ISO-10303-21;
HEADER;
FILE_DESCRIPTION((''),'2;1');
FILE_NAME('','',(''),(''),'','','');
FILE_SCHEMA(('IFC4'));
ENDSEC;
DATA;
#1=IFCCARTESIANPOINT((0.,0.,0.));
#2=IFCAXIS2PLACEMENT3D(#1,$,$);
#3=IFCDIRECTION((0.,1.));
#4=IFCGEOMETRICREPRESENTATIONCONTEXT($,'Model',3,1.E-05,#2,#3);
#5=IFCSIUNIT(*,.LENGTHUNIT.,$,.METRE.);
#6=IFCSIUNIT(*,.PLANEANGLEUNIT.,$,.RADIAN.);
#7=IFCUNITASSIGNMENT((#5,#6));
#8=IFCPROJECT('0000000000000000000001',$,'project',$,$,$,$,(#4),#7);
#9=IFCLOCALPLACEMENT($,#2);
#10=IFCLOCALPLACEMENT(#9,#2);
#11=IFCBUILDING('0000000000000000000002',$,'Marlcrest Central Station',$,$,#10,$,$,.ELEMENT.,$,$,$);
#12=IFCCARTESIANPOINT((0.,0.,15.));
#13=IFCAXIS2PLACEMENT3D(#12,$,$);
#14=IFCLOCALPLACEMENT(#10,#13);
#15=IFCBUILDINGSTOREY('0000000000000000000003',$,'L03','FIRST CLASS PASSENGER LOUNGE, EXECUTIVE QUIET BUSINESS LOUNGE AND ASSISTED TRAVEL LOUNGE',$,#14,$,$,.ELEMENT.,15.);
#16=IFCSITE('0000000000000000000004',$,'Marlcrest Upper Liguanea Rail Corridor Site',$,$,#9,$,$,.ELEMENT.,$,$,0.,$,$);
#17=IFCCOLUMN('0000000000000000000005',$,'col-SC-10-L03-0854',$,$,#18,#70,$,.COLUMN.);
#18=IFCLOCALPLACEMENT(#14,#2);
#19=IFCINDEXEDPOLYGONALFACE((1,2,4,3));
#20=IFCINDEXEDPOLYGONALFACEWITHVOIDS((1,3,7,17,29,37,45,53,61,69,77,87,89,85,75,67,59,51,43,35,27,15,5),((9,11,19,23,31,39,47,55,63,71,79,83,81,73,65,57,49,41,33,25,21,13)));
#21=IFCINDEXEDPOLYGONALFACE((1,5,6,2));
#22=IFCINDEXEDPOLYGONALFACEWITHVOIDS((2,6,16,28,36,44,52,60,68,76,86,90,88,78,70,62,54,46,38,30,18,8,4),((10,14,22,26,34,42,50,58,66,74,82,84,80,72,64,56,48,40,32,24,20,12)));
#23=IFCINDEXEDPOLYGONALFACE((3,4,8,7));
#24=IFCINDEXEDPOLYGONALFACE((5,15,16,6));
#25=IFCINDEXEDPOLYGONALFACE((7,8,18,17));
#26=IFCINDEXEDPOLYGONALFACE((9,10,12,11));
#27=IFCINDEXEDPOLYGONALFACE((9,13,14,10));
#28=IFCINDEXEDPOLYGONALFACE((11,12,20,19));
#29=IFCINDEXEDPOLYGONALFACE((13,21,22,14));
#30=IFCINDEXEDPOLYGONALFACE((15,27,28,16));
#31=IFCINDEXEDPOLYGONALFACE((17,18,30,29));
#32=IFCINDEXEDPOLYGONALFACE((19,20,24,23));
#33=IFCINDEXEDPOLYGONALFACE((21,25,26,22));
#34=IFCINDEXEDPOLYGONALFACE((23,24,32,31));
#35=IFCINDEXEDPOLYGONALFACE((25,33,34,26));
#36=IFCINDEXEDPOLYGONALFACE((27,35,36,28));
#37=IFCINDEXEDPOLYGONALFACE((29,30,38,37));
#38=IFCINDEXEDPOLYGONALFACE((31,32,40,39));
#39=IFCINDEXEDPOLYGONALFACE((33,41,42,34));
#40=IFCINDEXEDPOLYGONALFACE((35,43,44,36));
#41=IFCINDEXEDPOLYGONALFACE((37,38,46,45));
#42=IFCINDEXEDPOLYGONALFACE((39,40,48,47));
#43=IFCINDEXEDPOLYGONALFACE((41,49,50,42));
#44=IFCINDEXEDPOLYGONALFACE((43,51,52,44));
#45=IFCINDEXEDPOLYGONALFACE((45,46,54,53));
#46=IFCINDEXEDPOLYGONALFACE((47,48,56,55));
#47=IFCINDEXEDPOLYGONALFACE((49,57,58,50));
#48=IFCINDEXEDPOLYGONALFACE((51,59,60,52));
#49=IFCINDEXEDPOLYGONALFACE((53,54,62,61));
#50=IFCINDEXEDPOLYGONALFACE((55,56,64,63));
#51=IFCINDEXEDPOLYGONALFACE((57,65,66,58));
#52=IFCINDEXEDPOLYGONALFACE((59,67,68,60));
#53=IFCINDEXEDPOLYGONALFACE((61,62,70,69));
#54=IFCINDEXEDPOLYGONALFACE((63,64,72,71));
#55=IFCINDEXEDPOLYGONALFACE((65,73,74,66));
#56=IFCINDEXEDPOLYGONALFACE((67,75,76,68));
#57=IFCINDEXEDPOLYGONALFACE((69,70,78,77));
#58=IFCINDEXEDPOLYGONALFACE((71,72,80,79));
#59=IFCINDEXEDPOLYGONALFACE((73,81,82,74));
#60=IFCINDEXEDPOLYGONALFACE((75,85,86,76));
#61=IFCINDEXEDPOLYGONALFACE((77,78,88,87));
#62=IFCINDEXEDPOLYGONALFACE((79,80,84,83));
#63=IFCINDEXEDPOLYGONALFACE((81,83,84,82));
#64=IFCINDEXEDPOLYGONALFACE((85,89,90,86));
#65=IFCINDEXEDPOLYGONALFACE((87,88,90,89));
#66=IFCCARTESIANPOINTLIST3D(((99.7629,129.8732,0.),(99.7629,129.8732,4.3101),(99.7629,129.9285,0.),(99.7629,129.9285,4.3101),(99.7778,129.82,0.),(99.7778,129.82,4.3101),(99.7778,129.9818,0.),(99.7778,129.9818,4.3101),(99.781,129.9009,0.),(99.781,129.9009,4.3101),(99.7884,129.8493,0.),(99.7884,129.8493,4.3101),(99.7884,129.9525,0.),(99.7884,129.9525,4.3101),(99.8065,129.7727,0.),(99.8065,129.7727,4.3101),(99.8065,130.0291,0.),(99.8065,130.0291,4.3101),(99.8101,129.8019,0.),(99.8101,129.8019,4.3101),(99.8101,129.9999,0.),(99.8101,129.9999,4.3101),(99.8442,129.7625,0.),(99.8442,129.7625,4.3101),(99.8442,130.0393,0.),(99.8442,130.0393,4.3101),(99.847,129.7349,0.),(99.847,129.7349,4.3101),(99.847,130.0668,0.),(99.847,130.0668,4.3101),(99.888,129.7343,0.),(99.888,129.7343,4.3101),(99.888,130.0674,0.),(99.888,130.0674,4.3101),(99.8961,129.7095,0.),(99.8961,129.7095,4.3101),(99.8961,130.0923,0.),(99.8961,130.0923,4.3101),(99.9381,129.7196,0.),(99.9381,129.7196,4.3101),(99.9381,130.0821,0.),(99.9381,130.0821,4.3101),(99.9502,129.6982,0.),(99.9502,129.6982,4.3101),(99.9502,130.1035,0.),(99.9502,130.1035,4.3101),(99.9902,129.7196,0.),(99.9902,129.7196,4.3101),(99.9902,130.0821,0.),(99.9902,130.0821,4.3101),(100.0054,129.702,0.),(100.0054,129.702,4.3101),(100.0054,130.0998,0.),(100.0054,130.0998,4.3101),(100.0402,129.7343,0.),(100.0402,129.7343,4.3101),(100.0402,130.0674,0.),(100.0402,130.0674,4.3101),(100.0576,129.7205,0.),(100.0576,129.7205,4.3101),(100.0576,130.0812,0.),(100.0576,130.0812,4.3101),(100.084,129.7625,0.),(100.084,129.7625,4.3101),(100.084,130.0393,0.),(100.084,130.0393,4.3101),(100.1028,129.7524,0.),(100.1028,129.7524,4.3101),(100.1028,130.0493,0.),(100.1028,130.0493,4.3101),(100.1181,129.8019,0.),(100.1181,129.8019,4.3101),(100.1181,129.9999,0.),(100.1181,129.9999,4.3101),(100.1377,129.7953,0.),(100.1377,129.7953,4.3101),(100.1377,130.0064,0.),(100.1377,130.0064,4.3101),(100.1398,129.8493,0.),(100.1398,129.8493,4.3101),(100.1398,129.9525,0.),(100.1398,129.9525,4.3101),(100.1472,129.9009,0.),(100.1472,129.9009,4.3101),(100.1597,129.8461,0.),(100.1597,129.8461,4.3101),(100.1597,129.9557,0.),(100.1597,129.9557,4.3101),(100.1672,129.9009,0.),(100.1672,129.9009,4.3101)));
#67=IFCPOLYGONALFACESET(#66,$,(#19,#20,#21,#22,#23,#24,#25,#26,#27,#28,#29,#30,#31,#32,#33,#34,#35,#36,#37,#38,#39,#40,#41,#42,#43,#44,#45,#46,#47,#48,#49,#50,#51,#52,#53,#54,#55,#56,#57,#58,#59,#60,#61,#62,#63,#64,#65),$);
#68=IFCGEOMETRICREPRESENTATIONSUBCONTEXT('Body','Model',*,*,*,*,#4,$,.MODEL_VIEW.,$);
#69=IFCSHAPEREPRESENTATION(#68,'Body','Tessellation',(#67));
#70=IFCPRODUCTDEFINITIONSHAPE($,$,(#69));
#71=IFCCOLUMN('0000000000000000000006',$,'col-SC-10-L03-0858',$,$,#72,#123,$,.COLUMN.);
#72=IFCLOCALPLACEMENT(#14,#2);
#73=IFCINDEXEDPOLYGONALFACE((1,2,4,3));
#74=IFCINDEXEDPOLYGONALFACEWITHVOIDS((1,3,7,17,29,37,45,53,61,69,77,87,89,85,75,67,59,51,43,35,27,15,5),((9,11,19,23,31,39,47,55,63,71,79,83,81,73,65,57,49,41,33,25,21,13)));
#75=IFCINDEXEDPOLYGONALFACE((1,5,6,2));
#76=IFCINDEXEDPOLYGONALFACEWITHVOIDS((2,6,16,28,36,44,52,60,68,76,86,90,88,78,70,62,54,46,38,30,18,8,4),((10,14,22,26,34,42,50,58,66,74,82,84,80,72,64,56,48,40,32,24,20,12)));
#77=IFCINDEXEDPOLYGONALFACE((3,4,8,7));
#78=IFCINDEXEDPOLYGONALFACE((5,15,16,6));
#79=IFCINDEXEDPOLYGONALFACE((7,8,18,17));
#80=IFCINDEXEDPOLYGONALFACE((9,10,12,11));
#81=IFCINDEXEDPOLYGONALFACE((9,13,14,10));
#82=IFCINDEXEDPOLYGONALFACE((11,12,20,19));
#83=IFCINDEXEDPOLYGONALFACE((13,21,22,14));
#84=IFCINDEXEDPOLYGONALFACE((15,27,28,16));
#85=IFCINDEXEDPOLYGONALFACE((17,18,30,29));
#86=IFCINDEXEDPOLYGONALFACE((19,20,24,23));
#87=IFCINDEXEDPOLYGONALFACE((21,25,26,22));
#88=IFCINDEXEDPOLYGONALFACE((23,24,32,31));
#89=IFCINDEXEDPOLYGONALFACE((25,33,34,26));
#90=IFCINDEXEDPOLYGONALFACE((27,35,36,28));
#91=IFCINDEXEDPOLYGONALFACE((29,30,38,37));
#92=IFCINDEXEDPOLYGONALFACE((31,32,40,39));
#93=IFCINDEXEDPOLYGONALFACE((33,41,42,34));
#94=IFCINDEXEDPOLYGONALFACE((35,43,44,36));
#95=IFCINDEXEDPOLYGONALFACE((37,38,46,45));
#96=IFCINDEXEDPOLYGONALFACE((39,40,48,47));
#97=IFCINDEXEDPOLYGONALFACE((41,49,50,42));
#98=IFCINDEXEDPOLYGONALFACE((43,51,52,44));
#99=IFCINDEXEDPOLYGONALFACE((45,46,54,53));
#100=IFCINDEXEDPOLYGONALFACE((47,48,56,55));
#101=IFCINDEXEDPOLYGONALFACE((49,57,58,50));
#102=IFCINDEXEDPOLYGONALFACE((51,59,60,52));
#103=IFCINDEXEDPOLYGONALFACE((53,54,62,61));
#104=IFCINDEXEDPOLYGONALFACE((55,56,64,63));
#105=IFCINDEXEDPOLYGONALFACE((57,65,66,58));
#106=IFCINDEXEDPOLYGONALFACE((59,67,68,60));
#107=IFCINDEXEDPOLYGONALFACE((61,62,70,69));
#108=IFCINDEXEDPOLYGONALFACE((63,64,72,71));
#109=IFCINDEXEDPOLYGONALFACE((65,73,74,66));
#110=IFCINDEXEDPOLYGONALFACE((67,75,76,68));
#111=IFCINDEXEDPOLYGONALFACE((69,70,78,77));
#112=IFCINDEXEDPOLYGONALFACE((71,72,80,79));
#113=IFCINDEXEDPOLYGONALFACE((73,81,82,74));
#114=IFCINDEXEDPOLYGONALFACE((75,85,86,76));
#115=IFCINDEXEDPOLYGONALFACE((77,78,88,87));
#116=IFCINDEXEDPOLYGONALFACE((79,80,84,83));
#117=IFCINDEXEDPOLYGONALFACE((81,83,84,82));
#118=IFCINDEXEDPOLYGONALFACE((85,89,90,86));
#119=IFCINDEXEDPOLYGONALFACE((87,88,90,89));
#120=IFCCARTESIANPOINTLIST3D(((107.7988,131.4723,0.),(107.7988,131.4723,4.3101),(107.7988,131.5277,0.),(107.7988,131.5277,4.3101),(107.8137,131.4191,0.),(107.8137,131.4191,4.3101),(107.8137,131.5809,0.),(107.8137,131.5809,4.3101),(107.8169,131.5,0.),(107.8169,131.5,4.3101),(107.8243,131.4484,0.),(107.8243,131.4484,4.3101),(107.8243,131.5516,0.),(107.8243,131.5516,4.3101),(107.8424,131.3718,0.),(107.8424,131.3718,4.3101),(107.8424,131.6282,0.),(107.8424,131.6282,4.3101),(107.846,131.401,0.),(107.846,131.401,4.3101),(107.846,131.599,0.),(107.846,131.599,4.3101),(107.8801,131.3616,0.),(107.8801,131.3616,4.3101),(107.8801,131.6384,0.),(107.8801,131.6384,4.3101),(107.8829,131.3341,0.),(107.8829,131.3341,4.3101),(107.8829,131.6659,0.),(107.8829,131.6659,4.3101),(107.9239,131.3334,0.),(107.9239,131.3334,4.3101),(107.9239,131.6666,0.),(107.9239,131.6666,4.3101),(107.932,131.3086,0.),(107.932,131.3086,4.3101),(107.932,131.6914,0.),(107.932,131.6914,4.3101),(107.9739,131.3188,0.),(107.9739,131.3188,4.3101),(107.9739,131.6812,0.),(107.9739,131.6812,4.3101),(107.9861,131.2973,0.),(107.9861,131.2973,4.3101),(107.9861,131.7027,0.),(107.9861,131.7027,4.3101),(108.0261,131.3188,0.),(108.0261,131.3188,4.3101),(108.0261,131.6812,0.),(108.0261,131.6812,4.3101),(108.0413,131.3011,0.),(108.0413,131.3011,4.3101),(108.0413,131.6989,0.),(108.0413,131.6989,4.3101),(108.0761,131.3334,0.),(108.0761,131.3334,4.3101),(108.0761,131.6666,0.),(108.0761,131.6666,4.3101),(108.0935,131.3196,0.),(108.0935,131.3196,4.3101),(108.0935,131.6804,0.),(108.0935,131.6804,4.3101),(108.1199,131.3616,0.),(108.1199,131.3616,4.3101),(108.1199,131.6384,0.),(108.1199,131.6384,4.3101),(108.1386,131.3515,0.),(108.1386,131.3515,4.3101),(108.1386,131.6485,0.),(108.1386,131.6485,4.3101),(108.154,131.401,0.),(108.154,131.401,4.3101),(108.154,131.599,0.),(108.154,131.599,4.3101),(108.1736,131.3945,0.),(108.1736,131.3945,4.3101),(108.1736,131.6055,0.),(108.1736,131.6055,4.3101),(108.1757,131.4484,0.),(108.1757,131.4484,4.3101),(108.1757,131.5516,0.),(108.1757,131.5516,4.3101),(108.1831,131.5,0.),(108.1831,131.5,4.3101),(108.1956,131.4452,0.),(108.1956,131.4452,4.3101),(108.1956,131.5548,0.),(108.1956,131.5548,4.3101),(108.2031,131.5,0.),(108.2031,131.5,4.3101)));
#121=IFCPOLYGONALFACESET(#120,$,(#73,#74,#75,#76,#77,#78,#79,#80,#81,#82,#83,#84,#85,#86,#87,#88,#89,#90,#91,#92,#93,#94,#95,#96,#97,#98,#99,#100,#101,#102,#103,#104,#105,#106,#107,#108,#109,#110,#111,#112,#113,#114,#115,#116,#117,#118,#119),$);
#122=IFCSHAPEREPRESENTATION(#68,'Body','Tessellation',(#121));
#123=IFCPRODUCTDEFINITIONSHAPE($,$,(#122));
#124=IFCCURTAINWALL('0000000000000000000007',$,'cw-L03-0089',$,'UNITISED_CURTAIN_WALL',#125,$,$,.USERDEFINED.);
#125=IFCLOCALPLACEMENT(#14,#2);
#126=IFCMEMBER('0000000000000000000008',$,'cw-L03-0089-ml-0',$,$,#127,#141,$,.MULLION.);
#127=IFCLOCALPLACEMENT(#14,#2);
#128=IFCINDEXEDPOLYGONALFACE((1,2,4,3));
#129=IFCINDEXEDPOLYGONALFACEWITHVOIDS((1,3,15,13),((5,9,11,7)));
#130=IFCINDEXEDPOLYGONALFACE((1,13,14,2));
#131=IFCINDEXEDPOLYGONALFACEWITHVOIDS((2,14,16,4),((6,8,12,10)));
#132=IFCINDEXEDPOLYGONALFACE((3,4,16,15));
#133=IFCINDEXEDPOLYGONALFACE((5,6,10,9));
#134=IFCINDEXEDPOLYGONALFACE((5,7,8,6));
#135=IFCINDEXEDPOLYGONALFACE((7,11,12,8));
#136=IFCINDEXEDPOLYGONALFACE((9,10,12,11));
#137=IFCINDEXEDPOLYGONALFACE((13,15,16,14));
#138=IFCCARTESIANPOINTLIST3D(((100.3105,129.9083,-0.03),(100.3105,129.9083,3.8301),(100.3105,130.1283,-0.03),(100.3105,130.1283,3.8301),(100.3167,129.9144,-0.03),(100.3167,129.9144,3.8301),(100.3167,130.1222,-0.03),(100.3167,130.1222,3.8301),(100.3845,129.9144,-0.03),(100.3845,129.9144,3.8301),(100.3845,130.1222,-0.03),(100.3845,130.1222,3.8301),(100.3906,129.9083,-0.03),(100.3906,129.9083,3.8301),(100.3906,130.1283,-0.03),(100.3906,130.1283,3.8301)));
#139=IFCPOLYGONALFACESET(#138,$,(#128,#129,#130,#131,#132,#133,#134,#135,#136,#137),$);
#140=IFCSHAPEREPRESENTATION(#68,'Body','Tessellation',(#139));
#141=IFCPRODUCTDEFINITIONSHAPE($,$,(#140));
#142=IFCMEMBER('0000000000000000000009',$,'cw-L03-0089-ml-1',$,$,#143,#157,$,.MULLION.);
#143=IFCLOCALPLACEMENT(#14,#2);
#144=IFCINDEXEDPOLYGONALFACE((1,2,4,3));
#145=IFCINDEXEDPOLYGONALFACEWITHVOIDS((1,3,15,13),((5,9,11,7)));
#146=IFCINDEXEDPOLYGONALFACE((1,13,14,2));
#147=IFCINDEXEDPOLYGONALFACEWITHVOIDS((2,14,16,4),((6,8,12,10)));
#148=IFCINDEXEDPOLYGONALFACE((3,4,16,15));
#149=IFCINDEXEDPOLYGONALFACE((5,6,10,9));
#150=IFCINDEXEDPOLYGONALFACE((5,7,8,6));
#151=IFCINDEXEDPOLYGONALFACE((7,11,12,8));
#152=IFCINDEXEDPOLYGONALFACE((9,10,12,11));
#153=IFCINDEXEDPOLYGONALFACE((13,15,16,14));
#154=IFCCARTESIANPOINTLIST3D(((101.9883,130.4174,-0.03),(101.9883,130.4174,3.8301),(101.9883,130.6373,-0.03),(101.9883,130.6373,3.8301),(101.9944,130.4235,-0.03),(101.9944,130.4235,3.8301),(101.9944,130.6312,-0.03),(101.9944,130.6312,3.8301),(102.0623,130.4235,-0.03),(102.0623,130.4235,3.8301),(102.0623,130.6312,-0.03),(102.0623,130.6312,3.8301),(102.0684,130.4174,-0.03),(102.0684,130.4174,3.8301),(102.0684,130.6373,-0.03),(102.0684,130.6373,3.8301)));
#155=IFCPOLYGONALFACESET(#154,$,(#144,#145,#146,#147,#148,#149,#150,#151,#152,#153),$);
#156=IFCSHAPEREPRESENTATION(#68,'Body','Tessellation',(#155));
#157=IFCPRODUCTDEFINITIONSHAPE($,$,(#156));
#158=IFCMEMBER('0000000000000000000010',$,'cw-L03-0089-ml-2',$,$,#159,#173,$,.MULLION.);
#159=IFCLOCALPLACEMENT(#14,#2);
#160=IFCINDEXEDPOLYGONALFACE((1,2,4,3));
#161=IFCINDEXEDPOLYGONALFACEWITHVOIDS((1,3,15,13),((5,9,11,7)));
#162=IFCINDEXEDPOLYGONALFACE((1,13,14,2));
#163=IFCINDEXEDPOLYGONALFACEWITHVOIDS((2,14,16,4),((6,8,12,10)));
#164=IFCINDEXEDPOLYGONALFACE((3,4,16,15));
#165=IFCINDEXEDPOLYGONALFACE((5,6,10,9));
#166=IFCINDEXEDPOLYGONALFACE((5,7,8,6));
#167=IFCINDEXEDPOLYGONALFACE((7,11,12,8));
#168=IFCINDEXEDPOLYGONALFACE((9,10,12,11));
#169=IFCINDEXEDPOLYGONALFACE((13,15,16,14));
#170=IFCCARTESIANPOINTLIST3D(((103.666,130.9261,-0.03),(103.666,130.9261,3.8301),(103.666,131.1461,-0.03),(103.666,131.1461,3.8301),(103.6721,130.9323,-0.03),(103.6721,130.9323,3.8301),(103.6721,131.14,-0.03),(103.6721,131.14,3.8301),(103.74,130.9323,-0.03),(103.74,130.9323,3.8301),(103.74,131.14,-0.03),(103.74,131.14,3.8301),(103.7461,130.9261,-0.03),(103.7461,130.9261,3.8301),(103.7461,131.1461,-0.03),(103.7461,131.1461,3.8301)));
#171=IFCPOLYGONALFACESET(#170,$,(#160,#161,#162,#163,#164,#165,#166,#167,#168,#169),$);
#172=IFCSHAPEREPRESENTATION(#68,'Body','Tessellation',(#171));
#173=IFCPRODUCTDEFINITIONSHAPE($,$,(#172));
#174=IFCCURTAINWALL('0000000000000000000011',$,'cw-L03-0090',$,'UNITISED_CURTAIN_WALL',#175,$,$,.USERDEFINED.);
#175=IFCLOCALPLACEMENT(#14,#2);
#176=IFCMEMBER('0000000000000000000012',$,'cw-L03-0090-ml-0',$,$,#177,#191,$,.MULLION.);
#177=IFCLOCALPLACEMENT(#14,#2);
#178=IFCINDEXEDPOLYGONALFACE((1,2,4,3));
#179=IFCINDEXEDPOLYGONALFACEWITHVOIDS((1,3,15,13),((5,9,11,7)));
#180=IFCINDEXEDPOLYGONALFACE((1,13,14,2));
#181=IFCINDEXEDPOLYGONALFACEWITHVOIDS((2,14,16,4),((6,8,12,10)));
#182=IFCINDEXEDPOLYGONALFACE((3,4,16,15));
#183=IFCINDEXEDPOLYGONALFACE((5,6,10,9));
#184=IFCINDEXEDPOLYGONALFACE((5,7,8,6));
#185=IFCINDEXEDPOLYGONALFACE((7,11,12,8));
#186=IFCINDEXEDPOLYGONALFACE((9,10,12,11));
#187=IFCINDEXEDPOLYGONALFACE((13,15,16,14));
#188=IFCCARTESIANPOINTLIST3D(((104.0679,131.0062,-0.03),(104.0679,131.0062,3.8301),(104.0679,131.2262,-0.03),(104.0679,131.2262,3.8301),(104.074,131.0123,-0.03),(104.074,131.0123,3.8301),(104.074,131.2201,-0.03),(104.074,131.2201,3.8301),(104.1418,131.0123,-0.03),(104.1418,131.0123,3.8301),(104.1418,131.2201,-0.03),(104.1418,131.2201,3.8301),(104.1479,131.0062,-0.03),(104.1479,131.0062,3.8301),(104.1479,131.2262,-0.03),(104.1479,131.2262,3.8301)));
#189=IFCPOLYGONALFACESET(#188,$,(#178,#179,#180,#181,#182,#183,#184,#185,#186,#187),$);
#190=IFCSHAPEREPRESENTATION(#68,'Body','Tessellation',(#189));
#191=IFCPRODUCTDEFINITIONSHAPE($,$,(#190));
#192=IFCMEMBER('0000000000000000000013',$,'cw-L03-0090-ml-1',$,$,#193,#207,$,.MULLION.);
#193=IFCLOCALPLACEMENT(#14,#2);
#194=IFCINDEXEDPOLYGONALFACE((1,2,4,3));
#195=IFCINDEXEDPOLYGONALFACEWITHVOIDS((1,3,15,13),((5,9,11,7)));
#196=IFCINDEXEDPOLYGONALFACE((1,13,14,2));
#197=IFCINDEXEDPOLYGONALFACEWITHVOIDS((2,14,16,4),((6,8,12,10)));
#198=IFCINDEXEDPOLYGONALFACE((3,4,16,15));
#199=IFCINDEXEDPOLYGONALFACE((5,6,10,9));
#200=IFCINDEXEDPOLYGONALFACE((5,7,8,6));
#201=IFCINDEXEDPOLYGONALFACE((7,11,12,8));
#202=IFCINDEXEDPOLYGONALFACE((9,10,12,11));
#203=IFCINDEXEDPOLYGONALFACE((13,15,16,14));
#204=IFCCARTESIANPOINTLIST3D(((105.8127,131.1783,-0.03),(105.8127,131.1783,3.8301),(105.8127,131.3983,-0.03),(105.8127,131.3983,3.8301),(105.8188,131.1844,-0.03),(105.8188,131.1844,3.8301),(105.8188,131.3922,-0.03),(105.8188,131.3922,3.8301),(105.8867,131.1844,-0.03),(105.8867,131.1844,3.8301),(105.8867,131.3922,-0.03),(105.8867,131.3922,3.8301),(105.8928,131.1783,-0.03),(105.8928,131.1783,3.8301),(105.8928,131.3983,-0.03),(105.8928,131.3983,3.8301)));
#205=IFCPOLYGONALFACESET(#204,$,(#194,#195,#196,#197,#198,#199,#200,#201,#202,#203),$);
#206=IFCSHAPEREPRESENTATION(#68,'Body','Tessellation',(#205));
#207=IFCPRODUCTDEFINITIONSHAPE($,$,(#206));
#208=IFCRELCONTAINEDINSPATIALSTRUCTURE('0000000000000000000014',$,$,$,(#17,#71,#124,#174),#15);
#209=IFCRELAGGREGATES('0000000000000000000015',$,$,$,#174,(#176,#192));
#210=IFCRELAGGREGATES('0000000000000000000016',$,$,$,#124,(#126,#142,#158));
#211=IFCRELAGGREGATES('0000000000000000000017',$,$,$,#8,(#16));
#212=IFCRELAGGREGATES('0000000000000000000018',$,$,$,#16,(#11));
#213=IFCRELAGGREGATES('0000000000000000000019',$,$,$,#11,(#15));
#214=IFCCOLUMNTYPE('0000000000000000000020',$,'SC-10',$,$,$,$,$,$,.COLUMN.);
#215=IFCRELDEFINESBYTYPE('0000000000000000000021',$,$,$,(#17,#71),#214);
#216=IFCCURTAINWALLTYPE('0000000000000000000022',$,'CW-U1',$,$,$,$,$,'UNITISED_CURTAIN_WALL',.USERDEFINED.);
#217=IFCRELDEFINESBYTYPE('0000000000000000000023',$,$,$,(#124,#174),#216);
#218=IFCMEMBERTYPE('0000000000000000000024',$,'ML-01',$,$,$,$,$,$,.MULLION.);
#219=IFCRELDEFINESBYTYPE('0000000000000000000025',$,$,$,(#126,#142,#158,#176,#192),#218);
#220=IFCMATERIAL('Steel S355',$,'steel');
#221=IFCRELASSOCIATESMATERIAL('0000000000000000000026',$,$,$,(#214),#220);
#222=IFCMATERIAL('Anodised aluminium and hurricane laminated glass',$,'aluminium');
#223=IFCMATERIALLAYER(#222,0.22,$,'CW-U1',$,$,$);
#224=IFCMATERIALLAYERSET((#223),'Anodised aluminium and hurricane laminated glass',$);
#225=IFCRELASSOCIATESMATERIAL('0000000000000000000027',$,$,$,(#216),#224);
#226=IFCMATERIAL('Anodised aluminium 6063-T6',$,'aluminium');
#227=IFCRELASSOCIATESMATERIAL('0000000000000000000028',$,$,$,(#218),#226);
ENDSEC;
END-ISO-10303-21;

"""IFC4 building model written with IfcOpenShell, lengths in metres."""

from ifc_helpers import new_model, si_unit, direction, frame, origin, origin_2d, place, context, subcontext, project, spatial, hollow_rectangle, hollow_circle, extrude, material, layer, layer_set, material_profile, profile_set, type_object, element, aggregate, save


model = new_model("IFC4")

# Units and contexts
model_context = context("Model", 3, precision=1e-05, world=origin(), true_north=direction((0.0, 1.0)))
body_context = subcontext(model_context, "Body", "Model", "MODEL_VIEW")
ifc_project = project(units=[si_unit("LENGTHUNIT", "METRE"), si_unit("PLANEANGLEUNIT", "RADIAN")], contexts=[model_context])

# Site, building, storey
site_placement = place(None, origin())
site = spatial("IfcSite", under=ifc_project, at=site_placement, Name="Marlcrest Upper Liguanea Rail Corridor Site", CompositionType="ELEMENT", RefElevation=0.0)
building_placement = place(site_placement, origin())
building = spatial("IfcBuilding", under=site, at=building_placement, Name="Marlcrest Central Station", CompositionType="ELEMENT")
storey_placement = place(building_placement, frame((0.0, 0.0, 15.0)))
storey = spatial("IfcBuildingStorey", under=building, at=storey_placement, Name="L03", Description="FIRST CLASS PASSENGER LOUNGE, EXECUTIVE QUIET BUSINESS LOUNGE AND ASSISTED TRAVEL LOUNGE", CompositionType="ELEMENT", Elevation=15.0)

# Columns
ifc_material_1 = material(Name="Steel S355", Category="steel")
ifc_material_profile_1 = material_profile(ifc_material_1, hollow_circle(Radius=0.2031, WallThickness=0.02, at=origin_2d()), Name="CHS 406.4x20")
ifc_profile_set_1 = profile_set([ifc_material_profile_1], Name="Steel S355")
column_type = type_object("IfcColumnType", Name="SC-10", PredefinedType="COLUMN", material=ifc_profile_set_1)
for number, where, z_axis, x_axis, name in (
    (1, (99.9641, 129.9009, 0.0), (0.0, 0.0, 1.0), (1.0, 0.0, 0.0), "col-SC-10-L03-0854"),
    (2, (108.0, 131.5, 0.0), (0.0, 0.0, 1.0), (1.0, 0.0, 0.0), "col-SC-10-L03-0858"),
):
    element("IfcColumn", number, at=place(storey_placement, frame(where, z_axis=z_axis, x_axis=x_axis)), inside=storey, type_object=column_type, Name=name, PredefinedType="COLUMN", context=body_context, shape_type="SweptSolid", body=[
        extrude(hollow_circle(Radius=0.2031, WallThickness=0.02, at=origin_2d()), origin(), (0.0, 0.0, 1.0), 4.3101),
    ])

# Curtain walls, members
ifc_material_2 = material(Name="Anodised aluminium and hurricane laminated glass", Category="aluminium")
ifc_layer_1 = layer(ifc_material_2, 0.22, Name="CW-U1")
ifc_layer_set_1 = layer_set([ifc_layer_1], Name="Anodised aluminium and hurricane laminated glass")
curtain_wall_type = type_object("IfcCurtainWallType", Name="CW-U1", ElementType="UNITISED_CURTAIN_WALL", PredefinedType="USERDEFINED", material=ifc_layer_set_1)
curtain_wall_1_placement = place(storey_placement, origin())
curtain_wall_1 = element("IfcCurtainWall", 3, at=curtain_wall_1_placement, inside=storey, type_object=curtain_wall_type, Name="cw-L03-0089", ObjectType="UNITISED_CURTAIN_WALL", PredefinedType="USERDEFINED")
ifc_material_3 = material(Name="Anodised aluminium 6063-T6", Category="aluminium")
ifc_material_profile_2 = material_profile(ifc_material_3, hollow_rectangle(XDim=0.0801, YDim=0.22, WallThickness=0.0061, at=origin_2d()), Name="AA-RHS 220x80x6")
ifc_profile_set_2 = profile_set([ifc_material_profile_2], Name="Anodised aluminium 6063-T6")
member_type_1 = type_object("IfcMemberType", Name="ML-01", PredefinedType="MULLION", material=ifc_profile_set_2)
member_1_placement = place(storey_placement, frame((100.3506, 130.0183, -0.03), z_axis=(0.0, 0.0, 1.0), x_axis=(1.0, 0.0, 0.0)))
member_1 = element("IfcMember", 4, at=member_1_placement, type_object=member_type_1, Name="cw-L03-0089-ml-0", PredefinedType="MULLION", context=body_context, shape_type="SweptSolid", body=[
    extrude(hollow_rectangle(XDim=0.0801, YDim=0.22, WallThickness=0.0061, at=origin_2d()), origin(), (0.0, 0.0, 1.0), 3.8601),
])
member_2_placement = place(storey_placement, frame((102.0283, 130.5273, -0.03), z_axis=(0.0, 0.0, 1.0), x_axis=(1.0, 0.0, 0.0)))
member_2 = element("IfcMember", 5, at=member_2_placement, type_object=member_type_1, Name="cw-L03-0089-ml-1", PredefinedType="MULLION", context=body_context, shape_type="SweptSolid", body=[
    extrude(hollow_rectangle(XDim=0.0801, YDim=0.22, WallThickness=0.0061, at=origin_2d()), origin(), (0.0, 0.0, 1.0), 3.8601),
])
member_3_placement = place(storey_placement, frame((103.7061, 131.0361, -0.03), z_axis=(0.0, 0.0, 1.0), x_axis=(1.0, 0.0, 0.0)))
member_3 = element("IfcMember", 6, at=member_3_placement, type_object=member_type_1, Name="cw-L03-0089-ml-2", PredefinedType="MULLION", context=body_context, shape_type="SweptSolid", body=[
    extrude(hollow_rectangle(XDim=0.0801, YDim=0.22, WallThickness=0.0061, at=origin_2d()), origin(), (0.0, 0.0, 1.0), 3.8601),
])
curtain_wall_2_placement = place(storey_placement, origin())
curtain_wall_2 = element("IfcCurtainWall", 7, at=curtain_wall_2_placement, inside=storey, type_object=curtain_wall_type, Name="cw-L03-0090", ObjectType="UNITISED_CURTAIN_WALL", PredefinedType="USERDEFINED")
member_4_placement = place(storey_placement, frame((104.1079, 131.1162, -0.03), z_axis=(0.0, 0.0, 1.0), x_axis=(1.0, 0.0, 0.0)))
member_4 = element("IfcMember", 8, at=member_4_placement, type_object=member_type_1, Name="cw-L03-0090-ml-0", PredefinedType="MULLION", context=body_context, shape_type="SweptSolid", body=[
    extrude(hollow_rectangle(XDim=0.0801, YDim=0.22, WallThickness=0.0061, at=origin_2d()), origin(), (0.0, 0.0, 1.0), 3.8601),
])
member_5_placement = place(storey_placement, frame((105.8528, 131.2883, -0.03), z_axis=(0.0, 0.0, 1.0), x_axis=(1.0, 0.0, 0.0)))
member_5 = element("IfcMember", 9, at=member_5_placement, type_object=member_type_1, Name="cw-L03-0090-ml-1", PredefinedType="MULLION", context=body_context, shape_type="SweptSolid", body=[
    extrude(hollow_rectangle(XDim=0.0801, YDim=0.22, WallThickness=0.0061, at=origin_2d()), origin(), (0.0, 0.0, 1.0), 3.8601),
])

aggregate(curtain_wall_2, [member_4, member_5])
aggregate(curtain_wall_1, [member_1, member_2, member_3])

save(model, "model.ifc")
